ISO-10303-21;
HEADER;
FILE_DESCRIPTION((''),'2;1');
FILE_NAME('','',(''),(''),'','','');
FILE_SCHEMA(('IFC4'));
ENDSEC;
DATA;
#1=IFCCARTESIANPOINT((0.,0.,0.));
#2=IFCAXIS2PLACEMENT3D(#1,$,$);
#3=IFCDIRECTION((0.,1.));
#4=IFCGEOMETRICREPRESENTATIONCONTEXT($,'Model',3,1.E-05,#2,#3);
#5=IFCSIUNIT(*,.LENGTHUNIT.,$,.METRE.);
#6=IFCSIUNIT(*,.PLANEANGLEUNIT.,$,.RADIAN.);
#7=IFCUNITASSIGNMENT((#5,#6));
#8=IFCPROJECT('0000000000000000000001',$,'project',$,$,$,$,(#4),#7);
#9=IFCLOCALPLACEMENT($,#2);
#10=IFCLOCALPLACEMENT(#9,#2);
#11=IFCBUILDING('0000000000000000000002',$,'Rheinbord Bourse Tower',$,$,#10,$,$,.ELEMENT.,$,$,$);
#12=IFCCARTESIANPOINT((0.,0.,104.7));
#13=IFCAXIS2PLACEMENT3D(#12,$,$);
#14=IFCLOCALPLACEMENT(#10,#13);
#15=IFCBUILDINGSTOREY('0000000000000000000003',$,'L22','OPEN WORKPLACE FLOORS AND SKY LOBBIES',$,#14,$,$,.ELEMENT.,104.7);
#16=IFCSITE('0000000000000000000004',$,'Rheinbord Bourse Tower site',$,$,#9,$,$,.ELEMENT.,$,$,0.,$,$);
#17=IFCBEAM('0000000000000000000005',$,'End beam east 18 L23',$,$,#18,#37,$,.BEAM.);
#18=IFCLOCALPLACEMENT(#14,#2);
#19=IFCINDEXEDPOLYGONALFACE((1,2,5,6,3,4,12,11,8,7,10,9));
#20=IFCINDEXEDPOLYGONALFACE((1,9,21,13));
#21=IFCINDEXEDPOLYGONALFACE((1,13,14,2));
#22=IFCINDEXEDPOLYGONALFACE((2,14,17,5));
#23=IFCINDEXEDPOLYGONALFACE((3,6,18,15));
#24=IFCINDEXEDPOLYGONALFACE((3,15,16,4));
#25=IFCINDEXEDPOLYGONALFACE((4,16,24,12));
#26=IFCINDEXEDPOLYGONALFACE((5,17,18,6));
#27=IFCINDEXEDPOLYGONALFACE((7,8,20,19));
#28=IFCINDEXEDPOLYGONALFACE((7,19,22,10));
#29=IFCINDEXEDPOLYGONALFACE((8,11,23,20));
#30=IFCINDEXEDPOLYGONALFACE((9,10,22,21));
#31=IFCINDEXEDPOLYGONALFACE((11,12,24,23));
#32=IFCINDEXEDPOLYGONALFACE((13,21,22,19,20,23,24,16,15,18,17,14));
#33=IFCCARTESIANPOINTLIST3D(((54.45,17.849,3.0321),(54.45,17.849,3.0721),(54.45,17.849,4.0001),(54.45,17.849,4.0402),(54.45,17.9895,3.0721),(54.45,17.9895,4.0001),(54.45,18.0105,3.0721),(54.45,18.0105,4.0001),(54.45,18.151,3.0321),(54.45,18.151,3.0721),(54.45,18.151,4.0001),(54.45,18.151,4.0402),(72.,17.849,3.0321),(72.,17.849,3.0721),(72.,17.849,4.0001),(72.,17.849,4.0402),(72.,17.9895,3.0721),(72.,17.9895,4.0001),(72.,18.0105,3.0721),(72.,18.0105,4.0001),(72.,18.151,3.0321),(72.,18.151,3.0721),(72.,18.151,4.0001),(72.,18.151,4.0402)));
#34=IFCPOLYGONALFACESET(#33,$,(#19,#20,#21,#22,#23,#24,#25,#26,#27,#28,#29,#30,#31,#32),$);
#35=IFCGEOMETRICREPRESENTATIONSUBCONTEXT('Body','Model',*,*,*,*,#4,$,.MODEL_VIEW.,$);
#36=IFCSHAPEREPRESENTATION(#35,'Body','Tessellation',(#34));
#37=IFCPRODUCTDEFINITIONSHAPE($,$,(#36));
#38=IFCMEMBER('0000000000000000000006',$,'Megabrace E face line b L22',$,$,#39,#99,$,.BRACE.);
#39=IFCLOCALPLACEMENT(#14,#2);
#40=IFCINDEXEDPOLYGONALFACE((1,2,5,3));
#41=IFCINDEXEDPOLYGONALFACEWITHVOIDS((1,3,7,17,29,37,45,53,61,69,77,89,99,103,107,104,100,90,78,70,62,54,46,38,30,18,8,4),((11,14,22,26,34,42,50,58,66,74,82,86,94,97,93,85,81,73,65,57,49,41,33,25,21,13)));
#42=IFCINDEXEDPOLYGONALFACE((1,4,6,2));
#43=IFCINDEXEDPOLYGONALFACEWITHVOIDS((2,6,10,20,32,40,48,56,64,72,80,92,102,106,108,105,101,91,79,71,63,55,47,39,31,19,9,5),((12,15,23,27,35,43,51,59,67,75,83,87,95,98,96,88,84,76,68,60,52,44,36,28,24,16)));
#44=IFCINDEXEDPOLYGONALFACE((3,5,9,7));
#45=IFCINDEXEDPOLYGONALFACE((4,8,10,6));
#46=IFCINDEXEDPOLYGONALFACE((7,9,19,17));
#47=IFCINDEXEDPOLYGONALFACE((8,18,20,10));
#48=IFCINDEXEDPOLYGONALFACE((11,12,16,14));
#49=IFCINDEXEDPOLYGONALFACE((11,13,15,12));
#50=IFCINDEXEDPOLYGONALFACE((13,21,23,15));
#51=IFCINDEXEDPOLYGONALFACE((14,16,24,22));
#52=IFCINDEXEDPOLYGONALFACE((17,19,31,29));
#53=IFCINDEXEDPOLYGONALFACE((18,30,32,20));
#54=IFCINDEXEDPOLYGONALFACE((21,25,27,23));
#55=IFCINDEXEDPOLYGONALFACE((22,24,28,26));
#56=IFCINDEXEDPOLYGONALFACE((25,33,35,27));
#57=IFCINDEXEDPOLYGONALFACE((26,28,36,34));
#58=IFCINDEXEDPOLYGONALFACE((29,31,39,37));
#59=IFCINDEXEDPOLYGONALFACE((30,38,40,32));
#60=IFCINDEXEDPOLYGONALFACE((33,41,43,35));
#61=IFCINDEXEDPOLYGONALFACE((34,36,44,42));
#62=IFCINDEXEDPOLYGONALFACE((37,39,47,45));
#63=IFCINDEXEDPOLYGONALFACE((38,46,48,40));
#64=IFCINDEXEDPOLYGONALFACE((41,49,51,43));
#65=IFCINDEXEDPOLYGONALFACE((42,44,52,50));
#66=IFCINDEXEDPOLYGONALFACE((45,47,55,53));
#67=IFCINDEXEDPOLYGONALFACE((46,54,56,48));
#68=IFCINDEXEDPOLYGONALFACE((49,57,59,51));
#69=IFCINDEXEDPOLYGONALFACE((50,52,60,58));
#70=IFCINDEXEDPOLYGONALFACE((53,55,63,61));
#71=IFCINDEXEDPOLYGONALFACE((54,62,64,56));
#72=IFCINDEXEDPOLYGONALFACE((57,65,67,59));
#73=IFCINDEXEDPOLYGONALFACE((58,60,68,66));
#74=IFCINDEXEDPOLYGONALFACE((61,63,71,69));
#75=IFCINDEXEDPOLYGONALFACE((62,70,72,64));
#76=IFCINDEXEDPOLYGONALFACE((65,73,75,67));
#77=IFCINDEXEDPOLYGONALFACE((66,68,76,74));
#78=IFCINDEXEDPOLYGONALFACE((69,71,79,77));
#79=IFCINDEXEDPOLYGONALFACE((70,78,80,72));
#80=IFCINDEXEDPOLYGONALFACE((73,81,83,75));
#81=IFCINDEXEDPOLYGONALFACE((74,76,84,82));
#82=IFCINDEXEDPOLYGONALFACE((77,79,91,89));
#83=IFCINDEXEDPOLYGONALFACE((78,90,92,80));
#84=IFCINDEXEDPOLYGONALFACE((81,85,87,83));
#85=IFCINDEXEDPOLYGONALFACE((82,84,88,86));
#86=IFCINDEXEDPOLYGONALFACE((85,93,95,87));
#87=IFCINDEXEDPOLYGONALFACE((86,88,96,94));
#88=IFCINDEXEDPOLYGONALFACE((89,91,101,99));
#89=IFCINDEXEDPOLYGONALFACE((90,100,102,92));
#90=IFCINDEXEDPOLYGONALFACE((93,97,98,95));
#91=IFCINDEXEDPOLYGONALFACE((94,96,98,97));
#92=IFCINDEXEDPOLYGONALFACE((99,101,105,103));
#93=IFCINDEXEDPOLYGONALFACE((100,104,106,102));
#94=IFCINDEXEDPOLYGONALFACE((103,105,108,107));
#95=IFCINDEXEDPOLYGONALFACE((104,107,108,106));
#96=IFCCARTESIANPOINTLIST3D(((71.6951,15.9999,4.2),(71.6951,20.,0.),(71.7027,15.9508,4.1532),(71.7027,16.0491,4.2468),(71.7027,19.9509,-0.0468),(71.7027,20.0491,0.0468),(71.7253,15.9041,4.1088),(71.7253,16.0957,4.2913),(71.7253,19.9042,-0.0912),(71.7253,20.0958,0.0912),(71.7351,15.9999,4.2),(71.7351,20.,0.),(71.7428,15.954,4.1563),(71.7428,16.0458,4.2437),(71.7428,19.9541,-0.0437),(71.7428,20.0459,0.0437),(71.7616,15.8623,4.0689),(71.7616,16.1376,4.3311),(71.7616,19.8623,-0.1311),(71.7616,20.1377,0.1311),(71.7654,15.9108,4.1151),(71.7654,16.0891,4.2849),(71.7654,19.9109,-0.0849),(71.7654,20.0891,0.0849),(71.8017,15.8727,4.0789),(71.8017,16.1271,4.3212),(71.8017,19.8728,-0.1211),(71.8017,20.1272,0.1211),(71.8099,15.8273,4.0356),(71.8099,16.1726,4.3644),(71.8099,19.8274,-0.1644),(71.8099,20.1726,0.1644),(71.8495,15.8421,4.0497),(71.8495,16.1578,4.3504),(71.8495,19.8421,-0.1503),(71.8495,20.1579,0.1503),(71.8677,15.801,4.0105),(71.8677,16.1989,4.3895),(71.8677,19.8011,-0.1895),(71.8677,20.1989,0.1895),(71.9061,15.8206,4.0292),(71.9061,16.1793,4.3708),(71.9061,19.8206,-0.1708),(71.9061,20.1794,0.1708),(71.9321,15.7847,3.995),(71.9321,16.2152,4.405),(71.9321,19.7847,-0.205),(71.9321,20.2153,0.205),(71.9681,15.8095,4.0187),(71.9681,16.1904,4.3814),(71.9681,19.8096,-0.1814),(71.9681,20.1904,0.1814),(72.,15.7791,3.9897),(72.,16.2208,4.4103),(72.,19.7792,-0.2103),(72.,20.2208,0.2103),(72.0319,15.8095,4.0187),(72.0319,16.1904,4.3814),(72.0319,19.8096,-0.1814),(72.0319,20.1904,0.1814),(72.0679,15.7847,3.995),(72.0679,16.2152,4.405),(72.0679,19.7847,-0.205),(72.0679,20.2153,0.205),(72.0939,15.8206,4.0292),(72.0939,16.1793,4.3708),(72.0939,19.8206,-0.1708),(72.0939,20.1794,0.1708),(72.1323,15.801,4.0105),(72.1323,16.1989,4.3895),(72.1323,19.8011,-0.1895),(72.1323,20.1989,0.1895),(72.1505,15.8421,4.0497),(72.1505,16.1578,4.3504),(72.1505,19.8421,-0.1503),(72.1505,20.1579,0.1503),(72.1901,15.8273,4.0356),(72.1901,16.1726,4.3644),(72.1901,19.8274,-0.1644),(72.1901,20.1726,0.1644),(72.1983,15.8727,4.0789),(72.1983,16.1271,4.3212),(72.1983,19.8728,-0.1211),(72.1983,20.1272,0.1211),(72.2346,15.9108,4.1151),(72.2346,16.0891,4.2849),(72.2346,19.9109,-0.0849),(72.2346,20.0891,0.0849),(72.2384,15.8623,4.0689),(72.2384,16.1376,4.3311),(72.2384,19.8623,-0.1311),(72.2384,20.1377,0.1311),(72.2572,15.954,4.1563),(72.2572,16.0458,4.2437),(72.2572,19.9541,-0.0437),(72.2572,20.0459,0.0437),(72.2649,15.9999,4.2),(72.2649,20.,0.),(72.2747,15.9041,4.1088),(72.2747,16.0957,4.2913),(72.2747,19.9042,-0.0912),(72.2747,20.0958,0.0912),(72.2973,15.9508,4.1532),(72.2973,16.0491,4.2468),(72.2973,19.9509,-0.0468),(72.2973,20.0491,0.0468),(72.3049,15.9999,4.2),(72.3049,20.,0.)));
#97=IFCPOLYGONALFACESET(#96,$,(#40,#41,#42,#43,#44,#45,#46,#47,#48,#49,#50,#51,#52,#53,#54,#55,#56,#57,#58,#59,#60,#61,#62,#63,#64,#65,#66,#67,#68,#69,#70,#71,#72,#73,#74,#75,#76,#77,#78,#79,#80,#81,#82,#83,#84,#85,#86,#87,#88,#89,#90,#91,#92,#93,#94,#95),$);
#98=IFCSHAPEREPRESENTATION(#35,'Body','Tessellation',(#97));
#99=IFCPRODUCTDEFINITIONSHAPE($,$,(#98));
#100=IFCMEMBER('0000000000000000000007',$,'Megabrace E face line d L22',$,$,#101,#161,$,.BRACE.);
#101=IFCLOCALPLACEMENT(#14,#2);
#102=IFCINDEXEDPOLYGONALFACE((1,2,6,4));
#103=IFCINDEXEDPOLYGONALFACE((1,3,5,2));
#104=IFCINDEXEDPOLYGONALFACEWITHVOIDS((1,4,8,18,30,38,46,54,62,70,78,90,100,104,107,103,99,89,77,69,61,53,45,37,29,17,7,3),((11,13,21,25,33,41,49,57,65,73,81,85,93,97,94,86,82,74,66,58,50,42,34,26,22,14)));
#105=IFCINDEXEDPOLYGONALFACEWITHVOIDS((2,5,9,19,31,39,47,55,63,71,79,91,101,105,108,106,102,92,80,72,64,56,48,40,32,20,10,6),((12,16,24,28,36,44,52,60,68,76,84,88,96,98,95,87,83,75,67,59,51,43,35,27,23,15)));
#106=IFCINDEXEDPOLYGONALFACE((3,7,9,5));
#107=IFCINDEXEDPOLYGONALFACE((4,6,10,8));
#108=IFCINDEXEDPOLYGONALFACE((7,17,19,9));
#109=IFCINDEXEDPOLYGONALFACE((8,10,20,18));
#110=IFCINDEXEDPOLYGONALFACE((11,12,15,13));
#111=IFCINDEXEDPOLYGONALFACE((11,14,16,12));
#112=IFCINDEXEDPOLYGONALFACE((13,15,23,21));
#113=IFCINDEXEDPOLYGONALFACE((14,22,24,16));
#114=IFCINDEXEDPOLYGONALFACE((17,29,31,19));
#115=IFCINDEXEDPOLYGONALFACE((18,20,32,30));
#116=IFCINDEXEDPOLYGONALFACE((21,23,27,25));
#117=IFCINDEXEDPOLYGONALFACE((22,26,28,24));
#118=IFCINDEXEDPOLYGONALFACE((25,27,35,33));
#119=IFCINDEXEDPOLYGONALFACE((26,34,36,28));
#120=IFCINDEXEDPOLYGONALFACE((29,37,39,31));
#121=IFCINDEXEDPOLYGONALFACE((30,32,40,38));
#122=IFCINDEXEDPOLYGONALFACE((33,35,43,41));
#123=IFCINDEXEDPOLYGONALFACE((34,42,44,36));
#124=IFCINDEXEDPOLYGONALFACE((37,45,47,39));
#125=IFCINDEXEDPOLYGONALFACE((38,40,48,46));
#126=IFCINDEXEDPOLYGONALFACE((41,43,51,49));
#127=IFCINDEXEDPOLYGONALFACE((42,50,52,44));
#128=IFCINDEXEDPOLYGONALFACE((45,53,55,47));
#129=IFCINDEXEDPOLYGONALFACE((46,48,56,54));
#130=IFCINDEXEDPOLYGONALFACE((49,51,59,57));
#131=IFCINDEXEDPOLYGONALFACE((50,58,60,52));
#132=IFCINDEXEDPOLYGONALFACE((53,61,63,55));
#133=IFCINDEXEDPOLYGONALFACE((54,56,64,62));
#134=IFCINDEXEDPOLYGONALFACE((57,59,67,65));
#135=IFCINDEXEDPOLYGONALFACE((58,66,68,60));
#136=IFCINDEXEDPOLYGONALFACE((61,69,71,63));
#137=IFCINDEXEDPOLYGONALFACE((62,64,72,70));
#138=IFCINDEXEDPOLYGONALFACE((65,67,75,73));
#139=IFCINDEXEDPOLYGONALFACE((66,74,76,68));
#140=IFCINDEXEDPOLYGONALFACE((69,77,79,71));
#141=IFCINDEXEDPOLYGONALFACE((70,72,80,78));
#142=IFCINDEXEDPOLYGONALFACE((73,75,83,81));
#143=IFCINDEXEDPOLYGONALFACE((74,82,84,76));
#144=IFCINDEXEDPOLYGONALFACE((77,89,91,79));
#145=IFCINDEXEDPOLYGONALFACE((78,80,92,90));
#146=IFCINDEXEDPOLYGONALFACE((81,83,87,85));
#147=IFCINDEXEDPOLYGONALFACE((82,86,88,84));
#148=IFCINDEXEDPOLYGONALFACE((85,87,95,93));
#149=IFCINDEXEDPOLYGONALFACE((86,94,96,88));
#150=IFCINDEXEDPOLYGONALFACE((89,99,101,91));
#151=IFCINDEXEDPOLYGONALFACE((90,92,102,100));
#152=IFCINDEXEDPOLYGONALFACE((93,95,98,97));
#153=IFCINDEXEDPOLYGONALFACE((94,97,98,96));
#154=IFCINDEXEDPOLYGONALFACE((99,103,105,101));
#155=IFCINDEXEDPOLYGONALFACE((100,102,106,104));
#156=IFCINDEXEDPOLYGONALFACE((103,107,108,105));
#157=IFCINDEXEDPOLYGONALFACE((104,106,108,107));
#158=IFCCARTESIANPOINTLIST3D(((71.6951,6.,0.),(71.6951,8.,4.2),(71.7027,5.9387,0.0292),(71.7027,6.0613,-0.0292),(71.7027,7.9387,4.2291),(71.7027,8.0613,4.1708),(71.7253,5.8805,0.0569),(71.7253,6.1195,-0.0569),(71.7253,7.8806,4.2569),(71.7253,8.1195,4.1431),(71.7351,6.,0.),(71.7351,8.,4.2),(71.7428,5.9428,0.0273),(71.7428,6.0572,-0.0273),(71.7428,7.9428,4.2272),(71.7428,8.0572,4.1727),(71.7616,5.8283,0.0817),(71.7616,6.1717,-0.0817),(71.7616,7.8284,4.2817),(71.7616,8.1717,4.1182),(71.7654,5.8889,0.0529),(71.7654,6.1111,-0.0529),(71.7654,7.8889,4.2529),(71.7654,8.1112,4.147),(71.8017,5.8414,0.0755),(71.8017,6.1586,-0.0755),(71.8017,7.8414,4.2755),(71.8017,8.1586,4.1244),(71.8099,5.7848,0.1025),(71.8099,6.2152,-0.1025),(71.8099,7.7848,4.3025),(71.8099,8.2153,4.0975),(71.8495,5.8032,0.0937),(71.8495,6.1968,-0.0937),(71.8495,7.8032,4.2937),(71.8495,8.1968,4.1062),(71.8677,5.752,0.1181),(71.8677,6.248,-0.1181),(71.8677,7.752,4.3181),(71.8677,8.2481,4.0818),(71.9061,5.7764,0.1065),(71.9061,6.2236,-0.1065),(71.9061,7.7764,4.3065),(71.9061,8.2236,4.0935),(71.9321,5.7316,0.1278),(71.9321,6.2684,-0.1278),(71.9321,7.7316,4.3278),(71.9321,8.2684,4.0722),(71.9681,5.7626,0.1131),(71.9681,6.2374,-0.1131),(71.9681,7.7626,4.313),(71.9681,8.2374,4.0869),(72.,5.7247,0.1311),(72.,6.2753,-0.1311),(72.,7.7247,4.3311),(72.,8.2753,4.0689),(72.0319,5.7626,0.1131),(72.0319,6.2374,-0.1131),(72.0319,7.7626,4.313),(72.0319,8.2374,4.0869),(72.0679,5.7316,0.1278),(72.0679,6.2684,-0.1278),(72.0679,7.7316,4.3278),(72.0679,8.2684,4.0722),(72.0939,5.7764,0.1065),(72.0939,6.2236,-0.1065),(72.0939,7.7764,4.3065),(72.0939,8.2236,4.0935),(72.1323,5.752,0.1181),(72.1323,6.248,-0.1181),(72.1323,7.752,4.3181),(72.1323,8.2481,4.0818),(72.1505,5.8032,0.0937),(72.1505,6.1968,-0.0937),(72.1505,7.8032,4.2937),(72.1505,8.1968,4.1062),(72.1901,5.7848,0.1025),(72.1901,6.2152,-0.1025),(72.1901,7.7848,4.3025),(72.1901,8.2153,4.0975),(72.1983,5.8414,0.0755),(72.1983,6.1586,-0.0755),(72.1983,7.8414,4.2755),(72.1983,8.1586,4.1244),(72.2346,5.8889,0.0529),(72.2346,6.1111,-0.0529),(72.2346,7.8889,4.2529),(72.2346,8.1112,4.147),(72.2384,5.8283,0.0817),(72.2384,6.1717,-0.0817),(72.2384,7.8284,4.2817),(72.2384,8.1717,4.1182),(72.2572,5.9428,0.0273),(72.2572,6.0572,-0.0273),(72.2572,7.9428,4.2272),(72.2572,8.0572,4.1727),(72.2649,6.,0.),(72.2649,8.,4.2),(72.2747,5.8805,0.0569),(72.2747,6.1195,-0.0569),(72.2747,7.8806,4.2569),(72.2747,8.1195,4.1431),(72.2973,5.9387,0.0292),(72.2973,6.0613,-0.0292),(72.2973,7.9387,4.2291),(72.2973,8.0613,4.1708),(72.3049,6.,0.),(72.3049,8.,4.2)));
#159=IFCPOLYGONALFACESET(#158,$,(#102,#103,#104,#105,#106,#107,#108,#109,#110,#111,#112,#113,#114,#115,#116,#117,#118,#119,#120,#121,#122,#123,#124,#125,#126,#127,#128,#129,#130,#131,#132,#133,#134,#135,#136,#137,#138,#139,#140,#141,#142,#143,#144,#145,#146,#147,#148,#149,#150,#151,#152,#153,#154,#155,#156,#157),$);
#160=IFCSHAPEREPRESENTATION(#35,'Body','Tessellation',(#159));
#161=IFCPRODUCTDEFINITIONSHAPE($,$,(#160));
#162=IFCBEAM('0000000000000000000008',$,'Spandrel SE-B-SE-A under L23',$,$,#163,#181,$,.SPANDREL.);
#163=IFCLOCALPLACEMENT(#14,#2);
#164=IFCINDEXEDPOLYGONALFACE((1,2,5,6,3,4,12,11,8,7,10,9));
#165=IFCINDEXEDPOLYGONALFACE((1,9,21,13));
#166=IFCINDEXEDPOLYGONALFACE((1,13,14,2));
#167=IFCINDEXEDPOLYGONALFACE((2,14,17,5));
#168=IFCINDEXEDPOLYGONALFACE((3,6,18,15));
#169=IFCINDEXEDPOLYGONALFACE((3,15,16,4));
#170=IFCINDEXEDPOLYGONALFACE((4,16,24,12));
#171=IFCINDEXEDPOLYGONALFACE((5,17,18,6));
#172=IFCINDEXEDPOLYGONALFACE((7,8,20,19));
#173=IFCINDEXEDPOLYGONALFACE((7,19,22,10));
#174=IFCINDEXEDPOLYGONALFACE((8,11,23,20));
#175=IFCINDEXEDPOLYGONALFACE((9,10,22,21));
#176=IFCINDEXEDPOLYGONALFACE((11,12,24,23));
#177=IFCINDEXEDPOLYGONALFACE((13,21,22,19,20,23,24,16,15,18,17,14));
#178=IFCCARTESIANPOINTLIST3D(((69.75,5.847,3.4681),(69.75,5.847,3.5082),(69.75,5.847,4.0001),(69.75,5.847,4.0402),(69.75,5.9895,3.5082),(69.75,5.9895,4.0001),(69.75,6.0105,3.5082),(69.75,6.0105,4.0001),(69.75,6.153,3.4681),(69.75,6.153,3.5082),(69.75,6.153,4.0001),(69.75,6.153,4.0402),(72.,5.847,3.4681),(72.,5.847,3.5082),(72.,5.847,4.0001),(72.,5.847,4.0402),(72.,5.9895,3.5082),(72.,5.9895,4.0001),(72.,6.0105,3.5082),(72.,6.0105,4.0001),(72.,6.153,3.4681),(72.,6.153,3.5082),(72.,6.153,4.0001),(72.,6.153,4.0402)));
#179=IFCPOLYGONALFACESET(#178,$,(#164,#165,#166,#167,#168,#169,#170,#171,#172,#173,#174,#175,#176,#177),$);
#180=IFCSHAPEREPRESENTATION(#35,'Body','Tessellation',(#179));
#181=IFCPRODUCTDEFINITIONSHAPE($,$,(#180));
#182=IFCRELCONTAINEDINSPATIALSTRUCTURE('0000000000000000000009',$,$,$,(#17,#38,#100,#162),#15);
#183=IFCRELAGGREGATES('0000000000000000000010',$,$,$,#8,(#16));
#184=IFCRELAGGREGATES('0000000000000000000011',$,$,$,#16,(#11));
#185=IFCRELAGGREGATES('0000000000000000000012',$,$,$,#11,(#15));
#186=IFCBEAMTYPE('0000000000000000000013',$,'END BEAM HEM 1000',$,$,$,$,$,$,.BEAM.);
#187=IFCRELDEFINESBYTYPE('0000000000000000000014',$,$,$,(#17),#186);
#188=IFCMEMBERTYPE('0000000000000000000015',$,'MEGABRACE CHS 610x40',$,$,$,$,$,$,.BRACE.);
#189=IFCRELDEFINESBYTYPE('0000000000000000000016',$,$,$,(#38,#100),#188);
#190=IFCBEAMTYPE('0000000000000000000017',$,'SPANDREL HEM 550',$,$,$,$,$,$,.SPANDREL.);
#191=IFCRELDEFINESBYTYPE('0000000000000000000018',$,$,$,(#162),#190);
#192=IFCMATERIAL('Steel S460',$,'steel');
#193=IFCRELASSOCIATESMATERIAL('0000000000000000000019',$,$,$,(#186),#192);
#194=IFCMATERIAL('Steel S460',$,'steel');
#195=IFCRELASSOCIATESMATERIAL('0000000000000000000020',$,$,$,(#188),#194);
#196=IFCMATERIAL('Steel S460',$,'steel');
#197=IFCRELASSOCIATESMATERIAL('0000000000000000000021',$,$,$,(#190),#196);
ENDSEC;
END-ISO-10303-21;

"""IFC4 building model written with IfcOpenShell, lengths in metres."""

from ifc_helpers import new_model, si_unit, direction, frame, origin, origin_2d, place, context, subcontext, project, spatial, hollow_circle, i_section, extrude, material, material_profile, profile_set, type_object, element, save


model = new_model("IFC4")

# Units and contexts
model_context = context("Model", 3, precision=1e-05, world=origin(), true_north=direction((0.0, 1.0)))
body_context = subcontext(model_context, "Body", "Model", "MODEL_VIEW")
ifc_project = project(units=[si_unit("LENGTHUNIT", "METRE"), si_unit("PLANEANGLEUNIT", "RADIAN")], contexts=[model_context])

# Site, building, storey
site_placement = place(None, origin())
site = spatial("IfcSite", under=ifc_project, at=site_placement, Name="Rheinbord Bourse Tower site", CompositionType="ELEMENT", RefElevation=0.0)
building_placement = place(site_placement, origin())
building = spatial("IfcBuilding", under=site, at=building_placement, Name="Rheinbord Bourse Tower", CompositionType="ELEMENT")
storey_placement = place(building_placement, frame((0.0, 0.0, 104.7)))
storey = spatial("IfcBuildingStorey", under=building, at=storey_placement, Name="L22", Description="OPEN WORKPLACE FLOORS AND SKY LOBBIES", CompositionType="ELEMENT", Elevation=104.7)

# Beam
ifc_material_1 = material(Name="Steel S460", Category="steel")
ifc_material_profile_1 = material_profile(ifc_material_1, i_section(OverallWidth=0.302, OverallDepth=1.0081, WebThickness=0.021, FlangeThickness=0.04, at=origin_2d()), Name="HEM 1000")
ifc_profile_set_1 = profile_set([ifc_material_profile_1], Name="Steel S460")
beam_type_1 = type_object("IfcBeamType", Name="END BEAM HEM 1000", PredefinedType="BEAM", material=ifc_profile_set_1)
beam_1_placement = place(storey_placement, frame((54.45, 18.0, 3.5361), z_axis=(1.0, 0.0, 0.0), x_axis=(0.0, 1.0, 0.0)))
element("IfcBeam", 1, at=beam_1_placement, inside=storey, type_object=beam_type_1, Name="End beam east 18 L23", PredefinedType="BEAM", context=body_context, shape_type="SweptSolid", body=[
    extrude(i_section(OverallWidth=0.302, OverallDepth=1.0081, WebThickness=0.021, FlangeThickness=0.04, at=origin_2d()), origin(), (0.0, 0.0, 1.0), 17.55),
])

# Members
ifc_material_2 = material(Name="Steel S460", Category="steel")
ifc_material_profile_2 = material_profile(ifc_material_2, hollow_circle(Radius=0.3049, WallThickness=0.04, at=origin_2d()), Name="CHS 610x40")
ifc_profile_set_2 = profile_set([ifc_material_profile_2], Name="Steel S460")
member_type_1 = type_object("IfcMemberType", Name="MEGABRACE CHS 610x40", PredefinedType="BRACE", material=ifc_profile_set_2)
member_1_placement = place(storey_placement, frame((72.0, 20.0, 0.0), z_axis=(0.0, -0.689659, 0.724134), x_axis=(1.0, 0.0, 0.0)))
element("IfcMember", 2, at=member_1_placement, inside=storey, type_object=member_type_1, Name="Megabrace E face line b L22", PredefinedType="BRACE", context=body_context, shape_type="SweptSolid", body=[
    extrude(hollow_circle(Radius=0.3049, WallThickness=0.04, at=origin_2d()), origin(), (0.0, 0.0, 1.0), 5.8),
])
member_2_placement = place(storey_placement, frame((72.0, 6.0, 0.0), z_axis=(0.0, 0.429938, 0.902859), x_axis=(-1.0, 0.0, 0.0)))
element("IfcMember", 3, at=member_2_placement, inside=storey, type_object=member_type_1, Name="Megabrace E face line d L22", PredefinedType="BRACE", context=body_context, shape_type="SweptSolid", body=[
    extrude(hollow_circle(Radius=0.3049, WallThickness=0.04, at=origin_2d()), origin(), (0.0, 0.0, 1.0), 4.6519),
])

# Beam
ifc_material_3 = material(Name="Steel S460", Category="steel")
ifc_material_profile_3 = material_profile(ifc_material_3, i_section(OverallWidth=0.3059, OverallDepth=0.572, WebThickness=0.021, FlangeThickness=0.04, at=origin_2d()), Name="HEM 550")
ifc_profile_set_3 = profile_set([ifc_material_profile_3], Name="Steel S460")
beam_type_2 = type_object("IfcBeamType", Name="SPANDREL HEM 550", PredefinedType="SPANDREL", material=ifc_profile_set_3)
beam_2_placement = place(storey_placement, frame((69.75, 6.0, 3.7542), z_axis=(1.0, 0.0, 0.0), x_axis=(0.0, 1.0, 0.0)))
element("IfcBeam", 4, at=beam_2_placement, inside=storey, type_object=beam_type_2, Name="Spandrel SE-B-SE-A under L23", PredefinedType="SPANDREL", context=body_context, shape_type="SweptSolid", body=[
    extrude(i_section(OverallWidth=0.3059, OverallDepth=0.572, WebThickness=0.021, FlangeThickness=0.04, at=origin_2d()), origin(), (0.0, 0.0, 1.0), 2.25),
])

save(model, "model.ifc")
